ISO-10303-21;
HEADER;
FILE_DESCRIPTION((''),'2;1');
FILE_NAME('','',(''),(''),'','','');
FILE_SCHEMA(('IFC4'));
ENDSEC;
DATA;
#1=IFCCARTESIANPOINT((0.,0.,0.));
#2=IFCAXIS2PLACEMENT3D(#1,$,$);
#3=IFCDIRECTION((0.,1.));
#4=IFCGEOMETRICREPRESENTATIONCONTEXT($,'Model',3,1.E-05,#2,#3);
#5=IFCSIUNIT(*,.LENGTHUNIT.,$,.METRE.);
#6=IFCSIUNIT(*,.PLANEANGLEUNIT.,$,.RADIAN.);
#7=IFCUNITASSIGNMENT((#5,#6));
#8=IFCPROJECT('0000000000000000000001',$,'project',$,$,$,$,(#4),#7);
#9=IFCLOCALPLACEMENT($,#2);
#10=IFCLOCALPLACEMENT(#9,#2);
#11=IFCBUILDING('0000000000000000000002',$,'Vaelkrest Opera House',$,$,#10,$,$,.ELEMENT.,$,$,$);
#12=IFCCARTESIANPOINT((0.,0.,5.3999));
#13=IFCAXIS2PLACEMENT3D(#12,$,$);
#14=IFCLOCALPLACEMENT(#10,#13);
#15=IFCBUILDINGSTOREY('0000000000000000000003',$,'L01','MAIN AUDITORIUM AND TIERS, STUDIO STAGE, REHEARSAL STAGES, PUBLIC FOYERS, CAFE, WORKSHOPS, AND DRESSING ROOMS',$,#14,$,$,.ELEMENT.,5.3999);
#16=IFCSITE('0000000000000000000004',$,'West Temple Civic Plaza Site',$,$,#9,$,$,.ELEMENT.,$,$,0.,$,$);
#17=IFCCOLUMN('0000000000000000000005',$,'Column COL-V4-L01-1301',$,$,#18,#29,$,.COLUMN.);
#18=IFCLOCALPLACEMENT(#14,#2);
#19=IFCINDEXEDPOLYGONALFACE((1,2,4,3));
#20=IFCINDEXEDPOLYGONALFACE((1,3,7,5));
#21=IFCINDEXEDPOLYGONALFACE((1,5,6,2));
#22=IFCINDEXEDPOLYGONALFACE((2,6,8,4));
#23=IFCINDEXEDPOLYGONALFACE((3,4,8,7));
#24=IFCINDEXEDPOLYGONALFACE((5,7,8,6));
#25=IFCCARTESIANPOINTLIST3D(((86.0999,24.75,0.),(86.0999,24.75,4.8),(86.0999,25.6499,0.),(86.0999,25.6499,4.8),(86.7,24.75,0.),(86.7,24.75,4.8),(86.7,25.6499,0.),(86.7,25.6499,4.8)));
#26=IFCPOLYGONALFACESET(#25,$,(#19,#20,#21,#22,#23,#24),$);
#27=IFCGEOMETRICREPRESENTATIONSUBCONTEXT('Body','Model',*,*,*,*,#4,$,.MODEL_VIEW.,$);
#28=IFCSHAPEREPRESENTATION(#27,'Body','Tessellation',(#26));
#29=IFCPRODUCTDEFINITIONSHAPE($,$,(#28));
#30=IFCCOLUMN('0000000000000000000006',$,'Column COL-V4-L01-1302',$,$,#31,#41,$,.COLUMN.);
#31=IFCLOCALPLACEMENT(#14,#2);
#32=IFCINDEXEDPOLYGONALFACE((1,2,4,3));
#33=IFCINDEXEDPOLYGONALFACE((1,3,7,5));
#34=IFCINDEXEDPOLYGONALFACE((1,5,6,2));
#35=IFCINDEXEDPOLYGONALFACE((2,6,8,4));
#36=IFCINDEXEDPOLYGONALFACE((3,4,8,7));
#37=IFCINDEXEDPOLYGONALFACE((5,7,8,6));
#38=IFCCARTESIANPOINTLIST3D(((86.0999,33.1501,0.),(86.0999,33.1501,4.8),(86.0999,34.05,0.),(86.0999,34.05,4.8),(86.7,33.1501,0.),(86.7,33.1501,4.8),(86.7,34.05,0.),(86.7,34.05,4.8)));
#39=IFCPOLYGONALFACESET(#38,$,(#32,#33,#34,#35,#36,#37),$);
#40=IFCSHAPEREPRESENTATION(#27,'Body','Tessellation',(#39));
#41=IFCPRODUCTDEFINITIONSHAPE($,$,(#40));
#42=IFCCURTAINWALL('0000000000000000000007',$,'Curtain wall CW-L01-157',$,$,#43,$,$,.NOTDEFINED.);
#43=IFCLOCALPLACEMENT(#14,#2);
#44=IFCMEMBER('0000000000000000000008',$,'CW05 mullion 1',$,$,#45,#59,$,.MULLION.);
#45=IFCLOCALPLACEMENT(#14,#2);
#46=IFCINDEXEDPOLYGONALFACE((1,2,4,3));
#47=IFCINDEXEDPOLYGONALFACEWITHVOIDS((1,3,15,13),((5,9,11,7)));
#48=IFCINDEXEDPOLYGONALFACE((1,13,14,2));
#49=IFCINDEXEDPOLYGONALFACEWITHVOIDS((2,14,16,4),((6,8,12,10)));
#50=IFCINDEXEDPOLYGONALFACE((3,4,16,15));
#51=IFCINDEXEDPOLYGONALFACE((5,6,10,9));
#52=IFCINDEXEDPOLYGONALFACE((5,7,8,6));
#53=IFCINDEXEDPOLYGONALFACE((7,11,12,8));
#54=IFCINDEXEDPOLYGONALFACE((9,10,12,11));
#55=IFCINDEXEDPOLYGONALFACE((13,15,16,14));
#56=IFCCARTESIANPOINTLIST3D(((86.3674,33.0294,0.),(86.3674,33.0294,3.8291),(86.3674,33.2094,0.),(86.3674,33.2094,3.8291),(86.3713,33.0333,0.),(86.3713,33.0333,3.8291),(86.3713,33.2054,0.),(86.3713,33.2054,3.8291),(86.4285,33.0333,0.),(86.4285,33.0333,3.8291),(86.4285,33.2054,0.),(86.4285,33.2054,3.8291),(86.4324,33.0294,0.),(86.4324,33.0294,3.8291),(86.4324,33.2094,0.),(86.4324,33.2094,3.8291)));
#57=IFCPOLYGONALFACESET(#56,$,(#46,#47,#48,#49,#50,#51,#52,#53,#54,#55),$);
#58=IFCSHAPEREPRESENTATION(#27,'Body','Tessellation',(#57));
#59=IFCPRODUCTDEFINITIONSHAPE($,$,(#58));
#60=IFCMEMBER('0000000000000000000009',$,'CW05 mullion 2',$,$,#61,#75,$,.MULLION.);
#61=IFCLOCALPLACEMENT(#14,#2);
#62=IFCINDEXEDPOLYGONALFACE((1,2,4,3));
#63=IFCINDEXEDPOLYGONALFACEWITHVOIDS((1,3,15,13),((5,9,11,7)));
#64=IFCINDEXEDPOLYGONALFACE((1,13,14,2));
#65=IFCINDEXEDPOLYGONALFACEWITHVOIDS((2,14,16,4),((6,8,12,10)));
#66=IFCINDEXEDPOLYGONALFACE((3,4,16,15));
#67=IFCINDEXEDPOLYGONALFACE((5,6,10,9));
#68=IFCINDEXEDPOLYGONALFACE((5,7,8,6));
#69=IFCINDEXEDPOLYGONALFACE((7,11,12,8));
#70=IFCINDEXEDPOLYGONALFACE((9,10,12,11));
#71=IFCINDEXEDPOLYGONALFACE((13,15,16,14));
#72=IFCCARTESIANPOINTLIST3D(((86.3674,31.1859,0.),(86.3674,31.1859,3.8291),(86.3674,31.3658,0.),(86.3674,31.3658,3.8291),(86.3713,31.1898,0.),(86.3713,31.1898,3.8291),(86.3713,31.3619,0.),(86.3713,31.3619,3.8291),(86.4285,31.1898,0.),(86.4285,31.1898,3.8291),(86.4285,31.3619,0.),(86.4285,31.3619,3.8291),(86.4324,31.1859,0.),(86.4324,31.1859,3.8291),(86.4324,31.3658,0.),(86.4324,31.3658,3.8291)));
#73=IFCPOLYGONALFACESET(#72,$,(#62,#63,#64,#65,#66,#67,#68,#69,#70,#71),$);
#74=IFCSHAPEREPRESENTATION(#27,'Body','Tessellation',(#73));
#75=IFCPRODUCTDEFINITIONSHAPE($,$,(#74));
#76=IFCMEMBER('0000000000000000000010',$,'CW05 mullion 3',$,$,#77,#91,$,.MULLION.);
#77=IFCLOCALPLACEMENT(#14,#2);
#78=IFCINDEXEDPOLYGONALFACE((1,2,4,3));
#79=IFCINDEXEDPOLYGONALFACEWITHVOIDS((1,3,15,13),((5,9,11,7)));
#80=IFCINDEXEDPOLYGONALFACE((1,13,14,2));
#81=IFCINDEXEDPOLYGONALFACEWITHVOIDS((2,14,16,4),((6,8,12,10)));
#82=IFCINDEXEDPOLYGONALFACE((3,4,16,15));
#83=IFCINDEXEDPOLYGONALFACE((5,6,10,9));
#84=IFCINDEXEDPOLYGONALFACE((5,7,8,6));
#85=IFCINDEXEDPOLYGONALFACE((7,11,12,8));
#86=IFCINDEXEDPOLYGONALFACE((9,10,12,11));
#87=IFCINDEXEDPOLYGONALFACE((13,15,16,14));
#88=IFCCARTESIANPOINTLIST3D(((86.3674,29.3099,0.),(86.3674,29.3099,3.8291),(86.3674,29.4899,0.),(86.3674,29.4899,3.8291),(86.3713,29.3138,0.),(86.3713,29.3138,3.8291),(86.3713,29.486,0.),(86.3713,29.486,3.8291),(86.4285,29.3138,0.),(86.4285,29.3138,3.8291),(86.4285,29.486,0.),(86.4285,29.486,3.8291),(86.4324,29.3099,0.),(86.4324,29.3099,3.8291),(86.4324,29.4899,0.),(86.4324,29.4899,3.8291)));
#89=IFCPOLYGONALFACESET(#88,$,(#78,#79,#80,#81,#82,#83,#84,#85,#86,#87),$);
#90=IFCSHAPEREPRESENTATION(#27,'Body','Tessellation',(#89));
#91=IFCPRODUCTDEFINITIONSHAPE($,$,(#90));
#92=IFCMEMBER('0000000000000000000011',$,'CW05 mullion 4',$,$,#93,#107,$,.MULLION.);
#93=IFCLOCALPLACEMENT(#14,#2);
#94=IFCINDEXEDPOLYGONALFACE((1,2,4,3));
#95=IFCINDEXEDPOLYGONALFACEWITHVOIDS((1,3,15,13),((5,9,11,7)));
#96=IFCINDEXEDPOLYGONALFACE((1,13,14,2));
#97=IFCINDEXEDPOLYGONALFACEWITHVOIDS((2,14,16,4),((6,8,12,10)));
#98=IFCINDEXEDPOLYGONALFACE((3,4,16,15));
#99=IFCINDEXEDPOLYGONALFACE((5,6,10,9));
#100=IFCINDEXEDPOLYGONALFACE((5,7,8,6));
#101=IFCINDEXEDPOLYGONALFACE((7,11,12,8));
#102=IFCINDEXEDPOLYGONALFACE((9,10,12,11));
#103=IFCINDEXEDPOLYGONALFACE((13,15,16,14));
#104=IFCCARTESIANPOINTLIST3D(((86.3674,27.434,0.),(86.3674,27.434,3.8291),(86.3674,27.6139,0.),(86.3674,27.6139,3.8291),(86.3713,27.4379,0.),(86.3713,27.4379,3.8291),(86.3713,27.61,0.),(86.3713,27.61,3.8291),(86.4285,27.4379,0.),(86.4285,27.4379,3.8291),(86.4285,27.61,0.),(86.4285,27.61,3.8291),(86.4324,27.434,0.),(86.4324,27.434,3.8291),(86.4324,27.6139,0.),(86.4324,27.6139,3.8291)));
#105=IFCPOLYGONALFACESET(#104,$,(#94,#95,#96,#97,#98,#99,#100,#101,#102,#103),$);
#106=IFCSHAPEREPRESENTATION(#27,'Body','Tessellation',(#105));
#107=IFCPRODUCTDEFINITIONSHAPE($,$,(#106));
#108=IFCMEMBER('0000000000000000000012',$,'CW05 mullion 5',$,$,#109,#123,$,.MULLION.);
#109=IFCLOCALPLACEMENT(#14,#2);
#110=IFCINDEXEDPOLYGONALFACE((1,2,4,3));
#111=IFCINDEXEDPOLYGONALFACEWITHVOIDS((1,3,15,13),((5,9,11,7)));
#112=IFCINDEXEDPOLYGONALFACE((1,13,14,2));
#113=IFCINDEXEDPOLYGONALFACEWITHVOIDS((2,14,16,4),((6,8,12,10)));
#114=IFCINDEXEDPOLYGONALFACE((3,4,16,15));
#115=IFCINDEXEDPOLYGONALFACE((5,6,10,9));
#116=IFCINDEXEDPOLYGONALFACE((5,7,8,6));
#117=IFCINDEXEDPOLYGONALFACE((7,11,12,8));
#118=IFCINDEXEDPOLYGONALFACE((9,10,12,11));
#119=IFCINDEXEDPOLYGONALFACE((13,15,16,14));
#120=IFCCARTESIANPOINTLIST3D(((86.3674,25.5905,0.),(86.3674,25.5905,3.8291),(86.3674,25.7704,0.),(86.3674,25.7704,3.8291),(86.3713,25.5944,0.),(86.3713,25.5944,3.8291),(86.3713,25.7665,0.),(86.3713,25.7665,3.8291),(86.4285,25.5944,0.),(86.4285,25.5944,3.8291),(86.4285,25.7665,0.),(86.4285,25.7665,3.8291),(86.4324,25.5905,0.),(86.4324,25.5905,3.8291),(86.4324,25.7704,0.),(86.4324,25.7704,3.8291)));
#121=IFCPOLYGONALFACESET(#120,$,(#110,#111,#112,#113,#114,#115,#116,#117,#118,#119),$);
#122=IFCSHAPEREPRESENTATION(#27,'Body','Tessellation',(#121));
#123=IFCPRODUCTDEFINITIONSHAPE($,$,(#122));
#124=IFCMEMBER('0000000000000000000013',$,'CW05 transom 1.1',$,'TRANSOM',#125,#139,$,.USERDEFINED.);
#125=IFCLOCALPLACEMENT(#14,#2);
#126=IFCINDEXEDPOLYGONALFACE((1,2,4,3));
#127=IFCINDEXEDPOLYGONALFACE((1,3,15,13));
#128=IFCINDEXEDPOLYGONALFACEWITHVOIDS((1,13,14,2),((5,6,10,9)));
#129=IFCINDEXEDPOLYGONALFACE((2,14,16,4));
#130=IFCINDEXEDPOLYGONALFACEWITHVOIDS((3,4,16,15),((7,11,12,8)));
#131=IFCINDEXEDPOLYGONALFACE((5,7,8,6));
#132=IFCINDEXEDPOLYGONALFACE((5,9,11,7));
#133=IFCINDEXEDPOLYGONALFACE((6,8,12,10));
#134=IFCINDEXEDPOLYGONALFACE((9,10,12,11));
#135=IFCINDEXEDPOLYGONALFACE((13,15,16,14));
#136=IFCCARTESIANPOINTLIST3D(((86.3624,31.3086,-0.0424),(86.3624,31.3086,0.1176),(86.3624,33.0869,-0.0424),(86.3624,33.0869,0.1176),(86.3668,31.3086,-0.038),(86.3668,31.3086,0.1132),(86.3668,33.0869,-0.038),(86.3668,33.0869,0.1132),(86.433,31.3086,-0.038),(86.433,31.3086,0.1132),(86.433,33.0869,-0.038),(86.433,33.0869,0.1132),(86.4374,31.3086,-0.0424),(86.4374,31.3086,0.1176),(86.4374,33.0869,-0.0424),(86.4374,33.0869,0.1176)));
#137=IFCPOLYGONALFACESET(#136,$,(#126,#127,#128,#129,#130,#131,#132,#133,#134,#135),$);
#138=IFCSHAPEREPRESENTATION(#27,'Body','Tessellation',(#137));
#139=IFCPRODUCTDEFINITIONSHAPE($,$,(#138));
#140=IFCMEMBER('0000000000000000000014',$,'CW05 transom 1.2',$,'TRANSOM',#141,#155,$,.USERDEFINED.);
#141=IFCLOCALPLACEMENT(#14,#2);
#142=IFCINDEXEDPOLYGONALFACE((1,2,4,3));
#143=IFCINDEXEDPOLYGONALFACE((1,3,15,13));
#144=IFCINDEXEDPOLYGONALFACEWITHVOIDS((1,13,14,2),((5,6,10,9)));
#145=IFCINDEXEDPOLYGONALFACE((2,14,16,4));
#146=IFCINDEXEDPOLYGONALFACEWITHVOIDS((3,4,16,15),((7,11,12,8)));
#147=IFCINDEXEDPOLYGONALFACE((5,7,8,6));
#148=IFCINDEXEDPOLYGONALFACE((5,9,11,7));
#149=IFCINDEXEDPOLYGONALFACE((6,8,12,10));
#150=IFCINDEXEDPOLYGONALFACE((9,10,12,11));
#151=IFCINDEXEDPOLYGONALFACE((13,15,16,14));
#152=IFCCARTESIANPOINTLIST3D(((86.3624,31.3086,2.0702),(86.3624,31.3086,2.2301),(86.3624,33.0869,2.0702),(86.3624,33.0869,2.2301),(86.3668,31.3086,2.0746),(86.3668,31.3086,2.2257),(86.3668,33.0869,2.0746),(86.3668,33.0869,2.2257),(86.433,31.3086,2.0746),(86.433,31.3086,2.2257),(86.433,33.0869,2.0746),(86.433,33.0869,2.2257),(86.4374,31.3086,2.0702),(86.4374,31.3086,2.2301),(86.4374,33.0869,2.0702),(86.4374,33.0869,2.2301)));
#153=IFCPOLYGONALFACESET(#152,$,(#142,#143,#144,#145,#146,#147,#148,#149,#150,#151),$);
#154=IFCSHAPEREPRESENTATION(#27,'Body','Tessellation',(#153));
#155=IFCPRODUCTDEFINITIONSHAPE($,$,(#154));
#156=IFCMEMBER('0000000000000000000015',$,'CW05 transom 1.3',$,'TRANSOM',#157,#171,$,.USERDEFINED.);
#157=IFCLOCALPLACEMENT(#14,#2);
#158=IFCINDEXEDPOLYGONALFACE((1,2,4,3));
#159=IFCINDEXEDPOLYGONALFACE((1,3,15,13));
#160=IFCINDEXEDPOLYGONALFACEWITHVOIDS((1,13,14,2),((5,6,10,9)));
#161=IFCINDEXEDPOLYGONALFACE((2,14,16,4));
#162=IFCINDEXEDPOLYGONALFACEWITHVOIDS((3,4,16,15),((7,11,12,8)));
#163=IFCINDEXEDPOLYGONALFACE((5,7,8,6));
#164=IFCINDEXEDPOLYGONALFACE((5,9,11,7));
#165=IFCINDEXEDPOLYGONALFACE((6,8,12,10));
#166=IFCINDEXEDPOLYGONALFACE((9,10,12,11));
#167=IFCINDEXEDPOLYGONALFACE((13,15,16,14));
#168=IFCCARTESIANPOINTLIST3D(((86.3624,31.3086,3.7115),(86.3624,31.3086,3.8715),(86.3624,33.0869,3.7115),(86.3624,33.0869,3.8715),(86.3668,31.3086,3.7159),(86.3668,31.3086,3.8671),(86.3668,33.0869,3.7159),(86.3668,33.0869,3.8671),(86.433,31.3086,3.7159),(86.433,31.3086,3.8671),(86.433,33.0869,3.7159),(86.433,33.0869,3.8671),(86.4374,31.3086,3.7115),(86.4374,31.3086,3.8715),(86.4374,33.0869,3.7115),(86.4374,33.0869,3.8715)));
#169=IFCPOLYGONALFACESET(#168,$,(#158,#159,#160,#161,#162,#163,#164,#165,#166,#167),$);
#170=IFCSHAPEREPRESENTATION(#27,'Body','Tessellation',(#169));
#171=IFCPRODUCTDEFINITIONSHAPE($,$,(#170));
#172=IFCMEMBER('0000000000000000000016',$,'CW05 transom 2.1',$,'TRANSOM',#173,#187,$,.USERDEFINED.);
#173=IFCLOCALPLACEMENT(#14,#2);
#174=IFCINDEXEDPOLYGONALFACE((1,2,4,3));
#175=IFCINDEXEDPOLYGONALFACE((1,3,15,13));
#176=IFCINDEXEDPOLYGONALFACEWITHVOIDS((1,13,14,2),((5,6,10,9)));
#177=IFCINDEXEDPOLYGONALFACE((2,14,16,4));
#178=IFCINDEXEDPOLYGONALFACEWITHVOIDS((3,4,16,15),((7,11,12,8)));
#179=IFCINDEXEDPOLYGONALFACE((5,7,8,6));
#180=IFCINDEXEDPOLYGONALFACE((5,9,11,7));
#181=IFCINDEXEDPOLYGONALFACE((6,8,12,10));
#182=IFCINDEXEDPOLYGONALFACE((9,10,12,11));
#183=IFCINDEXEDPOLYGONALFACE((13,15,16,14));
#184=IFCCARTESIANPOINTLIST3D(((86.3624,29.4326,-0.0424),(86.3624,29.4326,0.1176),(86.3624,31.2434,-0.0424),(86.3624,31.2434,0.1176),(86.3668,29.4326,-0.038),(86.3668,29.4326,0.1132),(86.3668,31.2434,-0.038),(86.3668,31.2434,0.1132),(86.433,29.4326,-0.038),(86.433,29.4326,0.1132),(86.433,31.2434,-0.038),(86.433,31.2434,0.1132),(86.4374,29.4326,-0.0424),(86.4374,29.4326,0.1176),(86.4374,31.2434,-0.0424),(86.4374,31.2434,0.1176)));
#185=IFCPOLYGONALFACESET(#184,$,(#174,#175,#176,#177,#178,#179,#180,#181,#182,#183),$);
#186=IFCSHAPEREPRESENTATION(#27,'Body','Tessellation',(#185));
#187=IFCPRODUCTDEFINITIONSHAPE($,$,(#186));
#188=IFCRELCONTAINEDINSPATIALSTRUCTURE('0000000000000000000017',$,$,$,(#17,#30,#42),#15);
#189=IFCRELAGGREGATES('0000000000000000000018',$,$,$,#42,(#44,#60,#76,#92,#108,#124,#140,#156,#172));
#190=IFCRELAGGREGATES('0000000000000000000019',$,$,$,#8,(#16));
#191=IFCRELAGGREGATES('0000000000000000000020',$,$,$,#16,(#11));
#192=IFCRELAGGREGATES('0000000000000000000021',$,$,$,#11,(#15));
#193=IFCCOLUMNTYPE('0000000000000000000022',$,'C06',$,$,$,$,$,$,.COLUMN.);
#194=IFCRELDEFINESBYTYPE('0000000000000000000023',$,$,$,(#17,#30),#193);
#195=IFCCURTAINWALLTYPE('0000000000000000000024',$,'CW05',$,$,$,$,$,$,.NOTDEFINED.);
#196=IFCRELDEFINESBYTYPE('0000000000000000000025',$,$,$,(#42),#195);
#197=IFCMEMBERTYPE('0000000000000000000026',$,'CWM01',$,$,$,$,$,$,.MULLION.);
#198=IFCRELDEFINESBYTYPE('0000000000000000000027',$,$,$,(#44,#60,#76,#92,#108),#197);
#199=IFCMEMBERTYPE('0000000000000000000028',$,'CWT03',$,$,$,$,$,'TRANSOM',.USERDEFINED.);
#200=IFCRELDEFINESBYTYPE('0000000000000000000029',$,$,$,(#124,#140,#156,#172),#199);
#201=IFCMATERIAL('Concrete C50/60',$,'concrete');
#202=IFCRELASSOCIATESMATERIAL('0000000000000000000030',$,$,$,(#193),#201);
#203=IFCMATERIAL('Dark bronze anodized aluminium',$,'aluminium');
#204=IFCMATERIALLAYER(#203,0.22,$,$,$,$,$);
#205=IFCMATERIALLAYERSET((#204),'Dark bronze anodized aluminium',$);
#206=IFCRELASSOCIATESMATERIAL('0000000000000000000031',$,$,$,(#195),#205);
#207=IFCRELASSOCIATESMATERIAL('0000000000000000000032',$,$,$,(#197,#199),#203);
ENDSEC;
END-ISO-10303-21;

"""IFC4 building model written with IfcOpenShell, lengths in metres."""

from ifc_helpers import new_model, si_unit, direction, frame, origin, origin_2d, place, context, subcontext, project, spatial, rectangle, hollow_rectangle, extrude, material, layer, layer_set, material_profile, profile_set, type_object, element, aggregate, save


model = new_model("IFC4")

# Units and contexts
model_context = context("Model", 3, precision=1e-05, world=origin(), true_north=direction((0.0, 1.0)))
body_context = subcontext(model_context, "Body", "Model", "MODEL_VIEW")
ifc_project = project(units=[si_unit("LENGTHUNIT", "METRE"), si_unit("PLANEANGLEUNIT", "RADIAN")], contexts=[model_context])

# Site, building, storey
site_placement = place(None, origin())
site = spatial("IfcSite", under=ifc_project, at=site_placement, Name="West Temple Civic Plaza Site", CompositionType="ELEMENT", RefElevation=0.0)
building_placement = place(site_placement, origin())
building = spatial("IfcBuilding", under=site, at=building_placement, Name="Vaelkrest Opera House", CompositionType="ELEMENT")
storey_placement = place(building_placement, frame((0.0, 0.0, 5.3999)))
storey = spatial("IfcBuildingStorey", under=building, at=storey_placement, Name="L01", Description="MAIN AUDITORIUM AND TIERS, STUDIO STAGE, REHEARSAL STAGES, PUBLIC FOYERS, CAFE, WORKSHOPS, AND DRESSING ROOMS", CompositionType="ELEMENT", Elevation=5.3999)

# Columns
ifc_material_1 = material(Name="Concrete C50/60", Category="concrete")
ifc_material_profile_1 = material_profile(ifc_material_1, rectangle(XDim=0.6001, YDim=0.8999, at=origin_2d()), Name="RC600X900")
ifc_profile_set_1 = profile_set([ifc_material_profile_1], Name="Concrete C50/60")
column_type = type_object("IfcColumnType", Name="C06", PredefinedType="COLUMN", material=ifc_profile_set_1)
for number, where, z_axis, x_axis, name in (
    (1, (86.3999, 25.2, 0.0), (0.0, 0.0, 1.0), (1.0, 0.0, 0.0), "Column COL-V4-L01-1301"),
    (2, (86.3999, 33.6001, 0.0), (0.0, 0.0, 1.0), (1.0, 0.0, 0.0), "Column COL-V4-L01-1302"),
):
    element("IfcColumn", number, at=place(storey_placement, frame(where, z_axis=z_axis, x_axis=x_axis)), inside=storey, type_object=column_type, Name=name, PredefinedType="COLUMN", context=body_context, shape_type="SweptSolid", body=[
        extrude(rectangle(XDim=0.6001, YDim=0.8999, at=origin_2d()), origin(), (0.0, 0.0, 1.0), 4.8),
    ])

# Curtain wall, members
ifc_material_2 = material(Name="Dark bronze anodized aluminium", Category="aluminium")
ifc_layer_1 = layer(ifc_material_2, 0.22)
ifc_layer_set_1 = layer_set([ifc_layer_1], Name="Dark bronze anodized aluminium")
curtain_wall_type = type_object("IfcCurtainWallType", Name="CW05", PredefinedType="NOTDEFINED", material=ifc_layer_set_1)
curtain_wall_placement = place(storey_placement, origin())
curtain_wall = element("IfcCurtainWall", 3, at=curtain_wall_placement, inside=storey, type_object=curtain_wall_type, Name="Curtain wall CW-L01-157", PredefinedType="NOTDEFINED")
ifc_material_profile_2 = material_profile(ifc_material_2, hollow_rectangle(XDim=0.0649, YDim=0.1799, WallThickness=0.0039, at=origin_2d()), Name="CWM65X180")
ifc_profile_set_2 = profile_set([ifc_material_profile_2], Name="Dark bronze anodized aluminium")
member_type_1 = type_object("IfcMemberType", Name="CWM01", PredefinedType="MULLION", material=ifc_profile_set_2)
member_1_placement = place(storey_placement, frame((86.3999, 33.1194, 0.0), z_axis=(0.0, 0.0, 1.0), x_axis=(1.0, 0.0, 0.0)))
member_1 = element("IfcMember", 4, at=member_1_placement, type_object=member_type_1, Name="CW05 mullion 1", PredefinedType="MULLION", context=body_context, shape_type="SweptSolid", body=[
    extrude(hollow_rectangle(XDim=0.0649, YDim=0.1799, WallThickness=0.0039, at=origin_2d()), origin(), (0.0, 0.0, 1.0), 3.8291),
])
member_2_placement = place(storey_placement, frame((86.3999, 31.2759, 0.0), z_axis=(0.0, 0.0, 1.0), x_axis=(1.0, 0.0, 0.0)))
member_2 = element("IfcMember", 5, at=member_2_placement, type_object=member_type_1, Name="CW05 mullion 2", PredefinedType="MULLION", context=body_context, shape_type="SweptSolid", body=[
    extrude(hollow_rectangle(XDim=0.0649, YDim=0.1799, WallThickness=0.0039, at=origin_2d()), origin(), (0.0, 0.0, 1.0), 3.8291),
])
member_3_placement = place(storey_placement, frame((86.3999, 29.3999, 0.0), z_axis=(0.0, 0.0, 1.0), x_axis=(1.0, 0.0, 0.0)))
member_3 = element("IfcMember", 6, at=member_3_placement, type_object=member_type_1, Name="CW05 mullion 3", PredefinedType="MULLION", context=body_context, shape_type="SweptSolid", body=[
    extrude(hollow_rectangle(XDim=0.0649, YDim=0.1799, WallThickness=0.0039, at=origin_2d()), origin(), (0.0, 0.0, 1.0), 3.8291),
])
member_4_placement = place(storey_placement, frame((86.3999, 27.5239, 0.0), z_axis=(0.0, 0.0, 1.0), x_axis=(1.0, 0.0, 0.0)))
member_4 = element("IfcMember", 7, at=member_4_placement, type_object=member_type_1, Name="CW05 mullion 4", PredefinedType="MULLION", context=body_context, shape_type="SweptSolid", body=[
    extrude(hollow_rectangle(XDim=0.0649, YDim=0.1799, WallThickness=0.0039, at=origin_2d()), origin(), (0.0, 0.0, 1.0), 3.8291),
])
member_5_placement = place(storey_placement, frame((86.3999, 25.6804, 0.0), z_axis=(0.0, 0.0, 1.0), x_axis=(1.0, 0.0, 0.0)))
member_5 = element("IfcMember", 8, at=member_5_placement, type_object=member_type_1, Name="CW05 mullion 5", PredefinedType="MULLION", context=body_context, shape_type="SweptSolid", body=[
    extrude(hollow_rectangle(XDim=0.0649, YDim=0.1799, WallThickness=0.0039, at=origin_2d()), origin(), (0.0, 0.0, 1.0), 3.8291),
])
ifc_material_profile_3 = material_profile(ifc_material_2, hollow_rectangle(XDim=0.075, YDim=0.1599, WallThickness=0.0044, at=origin_2d()), Name="CWT75X160")
ifc_profile_set_3 = profile_set([ifc_material_profile_3], Name="Dark bronze anodized aluminium")
member_type_2 = type_object("IfcMemberType", Name="CWT03", ElementType="TRANSOM", PredefinedType="USERDEFINED", material=ifc_profile_set_3)
member_6_placement = place(storey_placement, frame((86.3999, 33.0869, 0.0376), z_axis=(0.0, -1.0, 0.0), x_axis=(1.0, 0.0, 0.0)))
member_6 = element("IfcMember", 9, at=member_6_placement, type_object=member_type_2, Name="CW05 transom 1.1", ObjectType="TRANSOM", PredefinedType="USERDEFINED", context=body_context, shape_type="SweptSolid", body=[
    extrude(hollow_rectangle(XDim=0.075, YDim=0.1599, WallThickness=0.0044, at=origin_2d()), origin(), (0.0, 0.0, 1.0), 1.7783),
])
member_7_placement = place(storey_placement, frame((86.3999, 33.0869, 2.1501), z_axis=(0.0, -1.0, 0.0), x_axis=(1.0, 0.0, 0.0)))
member_7 = element("IfcMember", 10, at=member_7_placement, type_object=member_type_2, Name="CW05 transom 1.2", ObjectType="TRANSOM", PredefinedType="USERDEFINED", context=body_context, shape_type="SweptSolid", body=[
    extrude(hollow_rectangle(XDim=0.075, YDim=0.1599, WallThickness=0.0044, at=origin_2d()), origin(), (0.0, 0.0, 1.0), 1.7783),
])
member_8_placement = place(storey_placement, frame((86.3999, 33.0869, 3.7915), z_axis=(0.0, -1.0, 0.0), x_axis=(1.0, 0.0, 0.0)))
member_8 = element("IfcMember", 11, at=member_8_placement, type_object=member_type_2, Name="CW05 transom 1.3", ObjectType="TRANSOM", PredefinedType="USERDEFINED", context=body_context, shape_type="SweptSolid", body=[
    extrude(hollow_rectangle(XDim=0.075, YDim=0.1599, WallThickness=0.0044, at=origin_2d()), origin(), (0.0, 0.0, 1.0), 1.7783),
])
member_9_placement = place(storey_placement, frame((86.3999, 31.2434, 0.0376), z_axis=(0.0, -1.0, 0.0), x_axis=(1.0, 0.0, 0.0)))
member_9 = element("IfcMember", 12, at=member_9_placement, type_object=member_type_2, Name="CW05 transom 2.1", ObjectType="TRANSOM", PredefinedType="USERDEFINED", context=body_context, shape_type="SweptSolid", body=[
    extrude(hollow_rectangle(XDim=0.075, YDim=0.1599, WallThickness=0.0044, at=origin_2d()), origin(), (0.0, 0.0, 1.0), 1.8108),
])

aggregate(curtain_wall, [member_1, member_2, member_3, member_4, member_5, member_6, member_7, member_8, member_9])

save(model, "model.ifc")
